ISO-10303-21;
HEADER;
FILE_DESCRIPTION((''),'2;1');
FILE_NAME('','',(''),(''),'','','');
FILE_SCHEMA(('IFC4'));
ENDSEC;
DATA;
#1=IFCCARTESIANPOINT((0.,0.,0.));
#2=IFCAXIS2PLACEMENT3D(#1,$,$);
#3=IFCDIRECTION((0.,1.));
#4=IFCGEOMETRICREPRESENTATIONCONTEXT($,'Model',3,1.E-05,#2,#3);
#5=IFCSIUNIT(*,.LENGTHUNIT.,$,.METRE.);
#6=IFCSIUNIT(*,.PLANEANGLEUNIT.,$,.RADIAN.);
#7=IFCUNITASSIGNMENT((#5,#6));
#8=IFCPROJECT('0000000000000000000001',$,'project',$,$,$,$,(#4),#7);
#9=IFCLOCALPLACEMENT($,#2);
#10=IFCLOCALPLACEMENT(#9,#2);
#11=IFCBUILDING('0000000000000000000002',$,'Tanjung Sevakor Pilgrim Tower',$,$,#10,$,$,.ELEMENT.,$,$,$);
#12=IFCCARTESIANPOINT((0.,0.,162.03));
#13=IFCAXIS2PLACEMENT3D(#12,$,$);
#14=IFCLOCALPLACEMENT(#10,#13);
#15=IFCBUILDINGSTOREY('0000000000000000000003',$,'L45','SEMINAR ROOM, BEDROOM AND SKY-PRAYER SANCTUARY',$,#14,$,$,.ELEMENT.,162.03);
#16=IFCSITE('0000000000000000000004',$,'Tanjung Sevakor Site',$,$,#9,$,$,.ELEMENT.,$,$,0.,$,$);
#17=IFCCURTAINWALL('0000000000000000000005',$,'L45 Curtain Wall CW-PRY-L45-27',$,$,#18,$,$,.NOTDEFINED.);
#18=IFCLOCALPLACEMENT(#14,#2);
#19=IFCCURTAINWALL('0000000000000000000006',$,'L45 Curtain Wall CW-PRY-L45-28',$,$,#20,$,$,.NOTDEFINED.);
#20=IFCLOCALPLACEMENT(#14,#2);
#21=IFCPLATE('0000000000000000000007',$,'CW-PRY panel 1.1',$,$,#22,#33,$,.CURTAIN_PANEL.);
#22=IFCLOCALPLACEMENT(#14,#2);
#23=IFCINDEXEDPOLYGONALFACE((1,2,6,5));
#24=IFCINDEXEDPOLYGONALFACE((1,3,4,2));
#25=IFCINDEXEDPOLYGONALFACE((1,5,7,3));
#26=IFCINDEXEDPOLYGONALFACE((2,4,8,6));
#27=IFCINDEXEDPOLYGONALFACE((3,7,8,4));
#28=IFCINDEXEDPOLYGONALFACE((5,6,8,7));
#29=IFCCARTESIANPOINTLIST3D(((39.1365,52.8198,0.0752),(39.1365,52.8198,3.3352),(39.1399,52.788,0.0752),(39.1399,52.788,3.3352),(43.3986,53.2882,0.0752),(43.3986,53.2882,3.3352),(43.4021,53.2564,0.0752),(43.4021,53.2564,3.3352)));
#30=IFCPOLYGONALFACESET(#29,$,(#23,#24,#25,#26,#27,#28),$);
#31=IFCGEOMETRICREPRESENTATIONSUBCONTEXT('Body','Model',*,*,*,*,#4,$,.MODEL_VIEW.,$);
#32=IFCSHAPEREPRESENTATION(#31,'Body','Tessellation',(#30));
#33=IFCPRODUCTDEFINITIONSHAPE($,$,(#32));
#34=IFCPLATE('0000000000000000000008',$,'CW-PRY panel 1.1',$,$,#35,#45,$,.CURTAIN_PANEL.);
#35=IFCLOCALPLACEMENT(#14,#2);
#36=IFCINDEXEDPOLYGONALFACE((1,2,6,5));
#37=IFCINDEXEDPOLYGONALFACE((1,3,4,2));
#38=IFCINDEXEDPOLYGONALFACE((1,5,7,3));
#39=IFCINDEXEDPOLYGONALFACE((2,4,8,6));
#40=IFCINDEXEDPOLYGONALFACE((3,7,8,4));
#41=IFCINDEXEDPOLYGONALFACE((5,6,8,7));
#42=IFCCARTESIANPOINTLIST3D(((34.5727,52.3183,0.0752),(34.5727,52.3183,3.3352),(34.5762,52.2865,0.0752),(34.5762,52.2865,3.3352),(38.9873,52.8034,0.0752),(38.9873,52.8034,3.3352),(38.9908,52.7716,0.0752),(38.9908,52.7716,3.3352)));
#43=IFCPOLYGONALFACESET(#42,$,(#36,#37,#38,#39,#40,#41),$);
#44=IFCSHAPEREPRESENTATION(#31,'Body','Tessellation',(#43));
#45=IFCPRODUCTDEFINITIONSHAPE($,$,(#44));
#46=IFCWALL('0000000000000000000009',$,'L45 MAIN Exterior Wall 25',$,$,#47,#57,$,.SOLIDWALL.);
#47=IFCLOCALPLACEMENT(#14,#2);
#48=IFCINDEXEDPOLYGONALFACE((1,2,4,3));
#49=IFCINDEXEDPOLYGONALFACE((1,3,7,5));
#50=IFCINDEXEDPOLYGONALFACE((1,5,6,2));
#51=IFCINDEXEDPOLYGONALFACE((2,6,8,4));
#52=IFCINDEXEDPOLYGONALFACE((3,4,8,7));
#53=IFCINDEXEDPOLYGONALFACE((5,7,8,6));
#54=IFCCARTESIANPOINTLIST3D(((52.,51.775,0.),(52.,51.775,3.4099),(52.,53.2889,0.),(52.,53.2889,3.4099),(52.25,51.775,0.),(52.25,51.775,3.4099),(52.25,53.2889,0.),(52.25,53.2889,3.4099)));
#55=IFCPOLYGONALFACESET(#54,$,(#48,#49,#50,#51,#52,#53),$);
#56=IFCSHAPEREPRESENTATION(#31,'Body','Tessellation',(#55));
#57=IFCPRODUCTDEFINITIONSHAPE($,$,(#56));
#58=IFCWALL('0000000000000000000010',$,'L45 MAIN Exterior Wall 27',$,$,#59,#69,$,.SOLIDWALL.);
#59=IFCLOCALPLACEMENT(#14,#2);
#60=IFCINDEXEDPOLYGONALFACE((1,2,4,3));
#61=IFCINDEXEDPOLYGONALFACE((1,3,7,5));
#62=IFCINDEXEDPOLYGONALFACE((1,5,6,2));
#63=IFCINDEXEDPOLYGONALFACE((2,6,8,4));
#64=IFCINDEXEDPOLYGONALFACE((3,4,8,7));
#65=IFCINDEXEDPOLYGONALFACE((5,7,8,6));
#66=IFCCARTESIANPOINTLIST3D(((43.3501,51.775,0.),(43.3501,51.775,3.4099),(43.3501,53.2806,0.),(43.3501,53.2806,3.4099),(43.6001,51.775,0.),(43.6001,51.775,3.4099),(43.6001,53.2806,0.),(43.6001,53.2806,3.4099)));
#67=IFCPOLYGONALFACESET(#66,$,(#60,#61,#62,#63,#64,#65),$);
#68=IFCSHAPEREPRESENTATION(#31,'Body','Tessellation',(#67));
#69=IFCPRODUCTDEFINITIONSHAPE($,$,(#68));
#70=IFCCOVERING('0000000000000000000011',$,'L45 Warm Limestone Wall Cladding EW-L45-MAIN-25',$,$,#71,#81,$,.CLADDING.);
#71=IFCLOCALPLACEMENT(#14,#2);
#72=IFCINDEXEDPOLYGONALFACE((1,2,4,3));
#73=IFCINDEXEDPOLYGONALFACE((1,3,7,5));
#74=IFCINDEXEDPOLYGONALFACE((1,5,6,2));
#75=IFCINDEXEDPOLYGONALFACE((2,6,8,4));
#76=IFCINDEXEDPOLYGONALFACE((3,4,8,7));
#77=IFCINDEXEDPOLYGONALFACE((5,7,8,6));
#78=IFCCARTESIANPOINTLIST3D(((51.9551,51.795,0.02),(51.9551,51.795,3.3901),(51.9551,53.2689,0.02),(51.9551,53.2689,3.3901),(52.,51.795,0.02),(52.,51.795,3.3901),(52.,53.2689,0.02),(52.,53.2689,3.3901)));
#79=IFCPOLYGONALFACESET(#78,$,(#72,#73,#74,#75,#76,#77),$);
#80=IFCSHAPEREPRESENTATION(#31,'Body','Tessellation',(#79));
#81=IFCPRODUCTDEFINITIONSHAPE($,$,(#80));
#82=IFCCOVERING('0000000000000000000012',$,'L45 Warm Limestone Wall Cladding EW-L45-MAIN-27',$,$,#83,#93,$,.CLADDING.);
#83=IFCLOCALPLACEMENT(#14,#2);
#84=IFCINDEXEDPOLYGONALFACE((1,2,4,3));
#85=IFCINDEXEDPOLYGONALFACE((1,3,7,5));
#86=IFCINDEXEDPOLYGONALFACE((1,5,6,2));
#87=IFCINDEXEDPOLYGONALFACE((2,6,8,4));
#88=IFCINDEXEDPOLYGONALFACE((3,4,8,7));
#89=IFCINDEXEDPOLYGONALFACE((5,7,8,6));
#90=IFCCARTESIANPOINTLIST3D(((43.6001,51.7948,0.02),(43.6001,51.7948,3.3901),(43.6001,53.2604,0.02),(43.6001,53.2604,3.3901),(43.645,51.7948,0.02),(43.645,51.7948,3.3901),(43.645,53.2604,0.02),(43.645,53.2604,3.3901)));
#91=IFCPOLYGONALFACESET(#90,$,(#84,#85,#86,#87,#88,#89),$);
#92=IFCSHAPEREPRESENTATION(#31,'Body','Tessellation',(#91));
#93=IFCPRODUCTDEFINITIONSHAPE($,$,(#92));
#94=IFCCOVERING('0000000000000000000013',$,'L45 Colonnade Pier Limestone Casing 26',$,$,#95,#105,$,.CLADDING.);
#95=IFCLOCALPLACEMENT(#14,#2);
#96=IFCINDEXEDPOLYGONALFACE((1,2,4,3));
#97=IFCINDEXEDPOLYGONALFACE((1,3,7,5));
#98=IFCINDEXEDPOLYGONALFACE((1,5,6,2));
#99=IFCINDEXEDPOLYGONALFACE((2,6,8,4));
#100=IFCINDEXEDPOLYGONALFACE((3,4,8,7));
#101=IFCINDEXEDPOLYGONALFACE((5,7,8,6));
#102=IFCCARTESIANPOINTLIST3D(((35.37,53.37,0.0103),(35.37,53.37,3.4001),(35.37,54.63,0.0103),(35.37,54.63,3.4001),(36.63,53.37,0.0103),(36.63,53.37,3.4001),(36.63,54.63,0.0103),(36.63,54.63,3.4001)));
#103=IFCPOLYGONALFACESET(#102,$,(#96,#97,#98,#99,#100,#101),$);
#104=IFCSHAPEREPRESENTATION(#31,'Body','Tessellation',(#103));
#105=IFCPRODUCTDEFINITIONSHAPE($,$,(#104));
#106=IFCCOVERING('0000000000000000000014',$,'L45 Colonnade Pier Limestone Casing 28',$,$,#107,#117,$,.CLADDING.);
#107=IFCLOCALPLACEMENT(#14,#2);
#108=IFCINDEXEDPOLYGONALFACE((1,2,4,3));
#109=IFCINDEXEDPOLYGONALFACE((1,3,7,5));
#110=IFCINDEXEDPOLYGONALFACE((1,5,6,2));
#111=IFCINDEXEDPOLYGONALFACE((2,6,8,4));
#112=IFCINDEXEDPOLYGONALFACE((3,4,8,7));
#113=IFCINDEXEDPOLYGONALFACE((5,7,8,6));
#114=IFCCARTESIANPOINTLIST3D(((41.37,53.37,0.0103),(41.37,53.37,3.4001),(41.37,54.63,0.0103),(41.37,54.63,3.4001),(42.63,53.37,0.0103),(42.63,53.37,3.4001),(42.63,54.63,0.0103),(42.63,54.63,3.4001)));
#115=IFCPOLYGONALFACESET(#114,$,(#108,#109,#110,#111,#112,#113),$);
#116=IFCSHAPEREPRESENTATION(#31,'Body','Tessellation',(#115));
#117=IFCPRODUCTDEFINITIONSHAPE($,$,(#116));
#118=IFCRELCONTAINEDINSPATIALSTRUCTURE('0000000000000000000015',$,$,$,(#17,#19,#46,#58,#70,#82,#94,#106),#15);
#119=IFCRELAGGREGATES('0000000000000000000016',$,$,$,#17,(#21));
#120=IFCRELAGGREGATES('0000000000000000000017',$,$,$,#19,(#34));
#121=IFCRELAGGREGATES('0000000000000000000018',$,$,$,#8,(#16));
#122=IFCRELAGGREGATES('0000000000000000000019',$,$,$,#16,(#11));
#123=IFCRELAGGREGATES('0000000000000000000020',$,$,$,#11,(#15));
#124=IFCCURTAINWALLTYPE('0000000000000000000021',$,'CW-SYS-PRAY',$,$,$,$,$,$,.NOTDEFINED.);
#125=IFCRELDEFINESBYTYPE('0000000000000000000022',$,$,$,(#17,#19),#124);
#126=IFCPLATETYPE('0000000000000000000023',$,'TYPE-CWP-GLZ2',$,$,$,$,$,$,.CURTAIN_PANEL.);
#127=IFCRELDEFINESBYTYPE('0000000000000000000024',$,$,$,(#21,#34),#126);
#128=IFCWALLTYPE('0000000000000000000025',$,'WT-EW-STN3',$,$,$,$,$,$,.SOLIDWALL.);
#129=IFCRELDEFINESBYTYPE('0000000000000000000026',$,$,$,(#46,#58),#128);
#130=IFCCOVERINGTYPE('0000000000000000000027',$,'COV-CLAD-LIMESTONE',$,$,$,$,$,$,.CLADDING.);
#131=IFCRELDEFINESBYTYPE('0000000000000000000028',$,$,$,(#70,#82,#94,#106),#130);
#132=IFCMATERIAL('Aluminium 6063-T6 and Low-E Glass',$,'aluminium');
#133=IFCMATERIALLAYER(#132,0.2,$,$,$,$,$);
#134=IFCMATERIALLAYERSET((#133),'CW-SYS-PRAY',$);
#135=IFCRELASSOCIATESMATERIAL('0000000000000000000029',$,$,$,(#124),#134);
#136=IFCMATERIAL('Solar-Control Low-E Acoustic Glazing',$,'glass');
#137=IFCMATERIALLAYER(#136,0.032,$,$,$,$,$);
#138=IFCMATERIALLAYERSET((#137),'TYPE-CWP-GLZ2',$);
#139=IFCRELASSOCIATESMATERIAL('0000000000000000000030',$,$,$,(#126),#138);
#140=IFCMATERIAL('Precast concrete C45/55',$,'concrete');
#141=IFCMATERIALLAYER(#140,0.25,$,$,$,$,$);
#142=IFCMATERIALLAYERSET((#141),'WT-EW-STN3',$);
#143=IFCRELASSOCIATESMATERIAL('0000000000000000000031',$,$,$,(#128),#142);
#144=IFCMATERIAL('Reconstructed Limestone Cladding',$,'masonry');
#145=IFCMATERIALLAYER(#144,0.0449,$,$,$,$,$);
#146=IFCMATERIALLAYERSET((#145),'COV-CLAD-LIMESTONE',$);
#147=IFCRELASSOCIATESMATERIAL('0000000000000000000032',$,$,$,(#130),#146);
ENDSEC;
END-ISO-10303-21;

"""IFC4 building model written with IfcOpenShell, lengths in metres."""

from ifc_helpers import new_model, si_unit, direction, frame, frame_2d, origin, origin_2d, place, context, subcontext, project, spatial, rectangle, extrude, material, layer, layer_set, type_object, element, aggregate, save


model = new_model("IFC4")

# Units and contexts
model_context = context("Model", 3, precision=1e-05, world=origin(), true_north=direction((0.0, 1.0)))
body_context = subcontext(model_context, "Body", "Model", "MODEL_VIEW")
ifc_project = project(units=[si_unit("LENGTHUNIT", "METRE"), si_unit("PLANEANGLEUNIT", "RADIAN")], contexts=[model_context])

# Site, building, storey
site_placement = place(None, origin())
site = spatial("IfcSite", under=ifc_project, at=site_placement, Name="Tanjung Sevakor Site", CompositionType="ELEMENT", RefElevation=0.0)
building_placement = place(site_placement, origin())
building = spatial("IfcBuilding", under=site, at=building_placement, Name="Tanjung Sevakor Pilgrim Tower", CompositionType="ELEMENT")
storey_placement = place(building_placement, frame((0.0, 0.0, 162.03)))
storey = spatial("IfcBuildingStorey", under=building, at=storey_placement, Name="L45", Description="SEMINAR ROOM, BEDROOM AND SKY-PRAYER SANCTUARY", CompositionType="ELEMENT", Elevation=162.03)

# Shared definitions
ifc_material_1 = material(Name="Aluminium 6063-T6 and Low-E Glass", Category="aluminium")
ifc_layer_1 = layer(ifc_material_1, 0.2)
ifc_layer_set_1 = layer_set([ifc_layer_1], Name="CW-SYS-PRAY")
curtain_wall_type_1 = type_object("IfcCurtainWallType", Name="CW-SYS-PRAY", PredefinedType="NOTDEFINED", material=ifc_layer_set_1)

# Curtain walls
curtain_wall_1_placement = place(storey_placement, origin())
curtain_wall_1 = element("IfcCurtainWall", 1, at=curtain_wall_1_placement, inside=storey, type_object=curtain_wall_type_1, Name="L45 Curtain Wall CW-PRY-L45-27", PredefinedType="NOTDEFINED")
curtain_wall_2_placement = place(storey_placement, origin())
curtain_wall_2 = element("IfcCurtainWall", 2, at=curtain_wall_2_placement, inside=storey, type_object=curtain_wall_type_1, Name="L45 Curtain Wall CW-PRY-L45-28", PredefinedType="NOTDEFINED")

# Plates
ifc_material_2 = material(Name="Solar-Control Low-E Acoustic Glazing", Category="glass")
ifc_layer_2 = layer(ifc_material_2, 0.032)
ifc_layer_set_2 = layer_set([ifc_layer_2], Name="TYPE-CWP-GLZ2")
plate_type_1 = type_object("IfcPlateType", Name="TYPE-CWP-GLZ2", PredefinedType="CURTAIN_PANEL", material=ifc_layer_set_2)
plate_1_placement = place(storey_placement, frame((41.2693, 53.0381, 0.0752), z_axis=(0.0, 0.0, 1.0), x_axis=(-0.994015, -0.109242, 0.0)))
plate_1 = element("IfcPlate", 3, at=plate_1_placement, type_object=plate_type_1, Name="CW-PRY panel 1.1", PredefinedType="CURTAIN_PANEL", context=body_context, shape_type="SweptSolid", body=[
    extrude(rectangle(XDim=4.2878, YDim=0.032, at=origin_2d()), origin(), (0.0, 0.0, 1.0), 3.26),
])
aggregate(curtain_wall_1, [plate_1])
plate_2_placement = place(storey_placement, frame((36.7817, 52.5449, 0.0752), z_axis=(0.0, 0.0, 1.0), x_axis=(-0.994016, -0.109231, 0.0)))
plate_2 = element("IfcPlate", 4, at=plate_2_placement, type_object=plate_type_1, Name="CW-PRY panel 1.1", PredefinedType="CURTAIN_PANEL", context=body_context, shape_type="SweptSolid", body=[
    extrude(rectangle(XDim=4.4412, YDim=0.032, at=origin_2d()), origin(), (0.0, 0.0, 1.0), 3.26),
])
aggregate(curtain_wall_2, [plate_2])

# Walls
ifc_material_3 = material(Name="Precast concrete C45/55", Category="concrete")
ifc_layer_3 = layer(ifc_material_3, 0.25)
ifc_layer_set_3 = layer_set([ifc_layer_3], Name="WT-EW-STN3")
wall_type = type_object("IfcWallType", Name="WT-EW-STN3", PredefinedType="SOLIDWALL", material=ifc_layer_set_3)
wall_1_placement = place(storey_placement, frame((52.125, 53.2888, 0.0), z_axis=(0.0, 0.0, 1.0), x_axis=(0.0, -1.0, 0.0)))
element("IfcWall", 5, at=wall_1_placement, inside=storey, type_object=wall_type, Name="L45 MAIN Exterior Wall 25", PredefinedType="SOLIDWALL", context=body_context, shape_type="SweptSolid", body=[
    extrude(rectangle(XDim=1.5139, YDim=0.25, at=frame_2d((0.7568, 0.0))), origin(), (0.0, 0.0, 1.0), 3.4099),
])
wall_2_placement = place(storey_placement, frame((43.4751, 51.7749, 0.0), z_axis=(0.0, 0.0, 1.0), x_axis=(0.0, 1.0, 0.0)))
element("IfcWall", 6, at=wall_2_placement, inside=storey, type_object=wall_type, Name="L45 MAIN Exterior Wall 27", PredefinedType="SOLIDWALL", context=body_context, shape_type="SweptSolid", body=[
    extrude(rectangle(XDim=1.5056, YDim=0.25, at=frame_2d((0.7529, 0.0))), origin(), (0.0, 0.0, 1.0), 3.4099),
])

# Coverings
ifc_material_4 = material(Name="Reconstructed Limestone Cladding", Category="masonry")
ifc_layer_4 = layer(ifc_material_4, 0.0449)
ifc_layer_set_4 = layer_set([ifc_layer_4], Name="COV-CLAD-LIMESTONE")
covering_type = type_object("IfcCoveringType", Name="COV-CLAD-LIMESTONE", PredefinedType="CLADDING", material=ifc_layer_set_4)
covering_1_placement = place(storey_placement, frame((51.9775, 52.532, 0.02), z_axis=(0.0, 0.0, 1.0), x_axis=(0.0, -1.0, 0.0)))
element("IfcCovering", 7, at=covering_1_placement, inside=storey, type_object=covering_type, Name="L45 Warm Limestone Wall Cladding EW-L45-MAIN-25", PredefinedType="CLADDING", context=body_context, shape_type="SweptSolid", body=[
    extrude(rectangle(XDim=1.4739, YDim=0.0449, at=origin_2d()), origin(), (0.0, 0.0, 1.0), 3.3701),
])
covering_2_placement = place(storey_placement, frame((43.6226, 52.5276, 0.02), z_axis=(0.0, 0.0, 1.0), x_axis=(0.0, 1.0, 0.0)))
element("IfcCovering", 8, at=covering_2_placement, inside=storey, type_object=covering_type, Name="L45 Warm Limestone Wall Cladding EW-L45-MAIN-27", PredefinedType="CLADDING", context=body_context, shape_type="SweptSolid", body=[
    extrude(rectangle(XDim=1.4656, YDim=0.0449, at=origin_2d()), origin(), (0.0, 0.0, 1.0), 3.3701),
])
for number, where, z_axis, x_axis, name in (
    (9, (36.0, 54.0, 0.0103), (0.0, 0.0, 1.0), (1.0, 0.0, 0.0), "L45 Colonnade Pier Limestone Casing 26"),
    (10, (42.0, 54.0, 0.0103), (0.0, 0.0, 1.0), (1.0, 0.0, 0.0), "L45 Colonnade Pier Limestone Casing 28"),
):
    element("IfcCovering", number, at=place(storey_placement, frame(where, z_axis=z_axis, x_axis=x_axis)), inside=storey, type_object=covering_type, Name=name, PredefinedType="CLADDING", context=body_context, shape_type="SweptSolid", body=[
        extrude(rectangle(XDim=1.26, YDim=1.26, at=origin_2d()), origin(), (0.0, 0.0, 1.0), 3.3899),
    ])

save(model, "model.ifc")
